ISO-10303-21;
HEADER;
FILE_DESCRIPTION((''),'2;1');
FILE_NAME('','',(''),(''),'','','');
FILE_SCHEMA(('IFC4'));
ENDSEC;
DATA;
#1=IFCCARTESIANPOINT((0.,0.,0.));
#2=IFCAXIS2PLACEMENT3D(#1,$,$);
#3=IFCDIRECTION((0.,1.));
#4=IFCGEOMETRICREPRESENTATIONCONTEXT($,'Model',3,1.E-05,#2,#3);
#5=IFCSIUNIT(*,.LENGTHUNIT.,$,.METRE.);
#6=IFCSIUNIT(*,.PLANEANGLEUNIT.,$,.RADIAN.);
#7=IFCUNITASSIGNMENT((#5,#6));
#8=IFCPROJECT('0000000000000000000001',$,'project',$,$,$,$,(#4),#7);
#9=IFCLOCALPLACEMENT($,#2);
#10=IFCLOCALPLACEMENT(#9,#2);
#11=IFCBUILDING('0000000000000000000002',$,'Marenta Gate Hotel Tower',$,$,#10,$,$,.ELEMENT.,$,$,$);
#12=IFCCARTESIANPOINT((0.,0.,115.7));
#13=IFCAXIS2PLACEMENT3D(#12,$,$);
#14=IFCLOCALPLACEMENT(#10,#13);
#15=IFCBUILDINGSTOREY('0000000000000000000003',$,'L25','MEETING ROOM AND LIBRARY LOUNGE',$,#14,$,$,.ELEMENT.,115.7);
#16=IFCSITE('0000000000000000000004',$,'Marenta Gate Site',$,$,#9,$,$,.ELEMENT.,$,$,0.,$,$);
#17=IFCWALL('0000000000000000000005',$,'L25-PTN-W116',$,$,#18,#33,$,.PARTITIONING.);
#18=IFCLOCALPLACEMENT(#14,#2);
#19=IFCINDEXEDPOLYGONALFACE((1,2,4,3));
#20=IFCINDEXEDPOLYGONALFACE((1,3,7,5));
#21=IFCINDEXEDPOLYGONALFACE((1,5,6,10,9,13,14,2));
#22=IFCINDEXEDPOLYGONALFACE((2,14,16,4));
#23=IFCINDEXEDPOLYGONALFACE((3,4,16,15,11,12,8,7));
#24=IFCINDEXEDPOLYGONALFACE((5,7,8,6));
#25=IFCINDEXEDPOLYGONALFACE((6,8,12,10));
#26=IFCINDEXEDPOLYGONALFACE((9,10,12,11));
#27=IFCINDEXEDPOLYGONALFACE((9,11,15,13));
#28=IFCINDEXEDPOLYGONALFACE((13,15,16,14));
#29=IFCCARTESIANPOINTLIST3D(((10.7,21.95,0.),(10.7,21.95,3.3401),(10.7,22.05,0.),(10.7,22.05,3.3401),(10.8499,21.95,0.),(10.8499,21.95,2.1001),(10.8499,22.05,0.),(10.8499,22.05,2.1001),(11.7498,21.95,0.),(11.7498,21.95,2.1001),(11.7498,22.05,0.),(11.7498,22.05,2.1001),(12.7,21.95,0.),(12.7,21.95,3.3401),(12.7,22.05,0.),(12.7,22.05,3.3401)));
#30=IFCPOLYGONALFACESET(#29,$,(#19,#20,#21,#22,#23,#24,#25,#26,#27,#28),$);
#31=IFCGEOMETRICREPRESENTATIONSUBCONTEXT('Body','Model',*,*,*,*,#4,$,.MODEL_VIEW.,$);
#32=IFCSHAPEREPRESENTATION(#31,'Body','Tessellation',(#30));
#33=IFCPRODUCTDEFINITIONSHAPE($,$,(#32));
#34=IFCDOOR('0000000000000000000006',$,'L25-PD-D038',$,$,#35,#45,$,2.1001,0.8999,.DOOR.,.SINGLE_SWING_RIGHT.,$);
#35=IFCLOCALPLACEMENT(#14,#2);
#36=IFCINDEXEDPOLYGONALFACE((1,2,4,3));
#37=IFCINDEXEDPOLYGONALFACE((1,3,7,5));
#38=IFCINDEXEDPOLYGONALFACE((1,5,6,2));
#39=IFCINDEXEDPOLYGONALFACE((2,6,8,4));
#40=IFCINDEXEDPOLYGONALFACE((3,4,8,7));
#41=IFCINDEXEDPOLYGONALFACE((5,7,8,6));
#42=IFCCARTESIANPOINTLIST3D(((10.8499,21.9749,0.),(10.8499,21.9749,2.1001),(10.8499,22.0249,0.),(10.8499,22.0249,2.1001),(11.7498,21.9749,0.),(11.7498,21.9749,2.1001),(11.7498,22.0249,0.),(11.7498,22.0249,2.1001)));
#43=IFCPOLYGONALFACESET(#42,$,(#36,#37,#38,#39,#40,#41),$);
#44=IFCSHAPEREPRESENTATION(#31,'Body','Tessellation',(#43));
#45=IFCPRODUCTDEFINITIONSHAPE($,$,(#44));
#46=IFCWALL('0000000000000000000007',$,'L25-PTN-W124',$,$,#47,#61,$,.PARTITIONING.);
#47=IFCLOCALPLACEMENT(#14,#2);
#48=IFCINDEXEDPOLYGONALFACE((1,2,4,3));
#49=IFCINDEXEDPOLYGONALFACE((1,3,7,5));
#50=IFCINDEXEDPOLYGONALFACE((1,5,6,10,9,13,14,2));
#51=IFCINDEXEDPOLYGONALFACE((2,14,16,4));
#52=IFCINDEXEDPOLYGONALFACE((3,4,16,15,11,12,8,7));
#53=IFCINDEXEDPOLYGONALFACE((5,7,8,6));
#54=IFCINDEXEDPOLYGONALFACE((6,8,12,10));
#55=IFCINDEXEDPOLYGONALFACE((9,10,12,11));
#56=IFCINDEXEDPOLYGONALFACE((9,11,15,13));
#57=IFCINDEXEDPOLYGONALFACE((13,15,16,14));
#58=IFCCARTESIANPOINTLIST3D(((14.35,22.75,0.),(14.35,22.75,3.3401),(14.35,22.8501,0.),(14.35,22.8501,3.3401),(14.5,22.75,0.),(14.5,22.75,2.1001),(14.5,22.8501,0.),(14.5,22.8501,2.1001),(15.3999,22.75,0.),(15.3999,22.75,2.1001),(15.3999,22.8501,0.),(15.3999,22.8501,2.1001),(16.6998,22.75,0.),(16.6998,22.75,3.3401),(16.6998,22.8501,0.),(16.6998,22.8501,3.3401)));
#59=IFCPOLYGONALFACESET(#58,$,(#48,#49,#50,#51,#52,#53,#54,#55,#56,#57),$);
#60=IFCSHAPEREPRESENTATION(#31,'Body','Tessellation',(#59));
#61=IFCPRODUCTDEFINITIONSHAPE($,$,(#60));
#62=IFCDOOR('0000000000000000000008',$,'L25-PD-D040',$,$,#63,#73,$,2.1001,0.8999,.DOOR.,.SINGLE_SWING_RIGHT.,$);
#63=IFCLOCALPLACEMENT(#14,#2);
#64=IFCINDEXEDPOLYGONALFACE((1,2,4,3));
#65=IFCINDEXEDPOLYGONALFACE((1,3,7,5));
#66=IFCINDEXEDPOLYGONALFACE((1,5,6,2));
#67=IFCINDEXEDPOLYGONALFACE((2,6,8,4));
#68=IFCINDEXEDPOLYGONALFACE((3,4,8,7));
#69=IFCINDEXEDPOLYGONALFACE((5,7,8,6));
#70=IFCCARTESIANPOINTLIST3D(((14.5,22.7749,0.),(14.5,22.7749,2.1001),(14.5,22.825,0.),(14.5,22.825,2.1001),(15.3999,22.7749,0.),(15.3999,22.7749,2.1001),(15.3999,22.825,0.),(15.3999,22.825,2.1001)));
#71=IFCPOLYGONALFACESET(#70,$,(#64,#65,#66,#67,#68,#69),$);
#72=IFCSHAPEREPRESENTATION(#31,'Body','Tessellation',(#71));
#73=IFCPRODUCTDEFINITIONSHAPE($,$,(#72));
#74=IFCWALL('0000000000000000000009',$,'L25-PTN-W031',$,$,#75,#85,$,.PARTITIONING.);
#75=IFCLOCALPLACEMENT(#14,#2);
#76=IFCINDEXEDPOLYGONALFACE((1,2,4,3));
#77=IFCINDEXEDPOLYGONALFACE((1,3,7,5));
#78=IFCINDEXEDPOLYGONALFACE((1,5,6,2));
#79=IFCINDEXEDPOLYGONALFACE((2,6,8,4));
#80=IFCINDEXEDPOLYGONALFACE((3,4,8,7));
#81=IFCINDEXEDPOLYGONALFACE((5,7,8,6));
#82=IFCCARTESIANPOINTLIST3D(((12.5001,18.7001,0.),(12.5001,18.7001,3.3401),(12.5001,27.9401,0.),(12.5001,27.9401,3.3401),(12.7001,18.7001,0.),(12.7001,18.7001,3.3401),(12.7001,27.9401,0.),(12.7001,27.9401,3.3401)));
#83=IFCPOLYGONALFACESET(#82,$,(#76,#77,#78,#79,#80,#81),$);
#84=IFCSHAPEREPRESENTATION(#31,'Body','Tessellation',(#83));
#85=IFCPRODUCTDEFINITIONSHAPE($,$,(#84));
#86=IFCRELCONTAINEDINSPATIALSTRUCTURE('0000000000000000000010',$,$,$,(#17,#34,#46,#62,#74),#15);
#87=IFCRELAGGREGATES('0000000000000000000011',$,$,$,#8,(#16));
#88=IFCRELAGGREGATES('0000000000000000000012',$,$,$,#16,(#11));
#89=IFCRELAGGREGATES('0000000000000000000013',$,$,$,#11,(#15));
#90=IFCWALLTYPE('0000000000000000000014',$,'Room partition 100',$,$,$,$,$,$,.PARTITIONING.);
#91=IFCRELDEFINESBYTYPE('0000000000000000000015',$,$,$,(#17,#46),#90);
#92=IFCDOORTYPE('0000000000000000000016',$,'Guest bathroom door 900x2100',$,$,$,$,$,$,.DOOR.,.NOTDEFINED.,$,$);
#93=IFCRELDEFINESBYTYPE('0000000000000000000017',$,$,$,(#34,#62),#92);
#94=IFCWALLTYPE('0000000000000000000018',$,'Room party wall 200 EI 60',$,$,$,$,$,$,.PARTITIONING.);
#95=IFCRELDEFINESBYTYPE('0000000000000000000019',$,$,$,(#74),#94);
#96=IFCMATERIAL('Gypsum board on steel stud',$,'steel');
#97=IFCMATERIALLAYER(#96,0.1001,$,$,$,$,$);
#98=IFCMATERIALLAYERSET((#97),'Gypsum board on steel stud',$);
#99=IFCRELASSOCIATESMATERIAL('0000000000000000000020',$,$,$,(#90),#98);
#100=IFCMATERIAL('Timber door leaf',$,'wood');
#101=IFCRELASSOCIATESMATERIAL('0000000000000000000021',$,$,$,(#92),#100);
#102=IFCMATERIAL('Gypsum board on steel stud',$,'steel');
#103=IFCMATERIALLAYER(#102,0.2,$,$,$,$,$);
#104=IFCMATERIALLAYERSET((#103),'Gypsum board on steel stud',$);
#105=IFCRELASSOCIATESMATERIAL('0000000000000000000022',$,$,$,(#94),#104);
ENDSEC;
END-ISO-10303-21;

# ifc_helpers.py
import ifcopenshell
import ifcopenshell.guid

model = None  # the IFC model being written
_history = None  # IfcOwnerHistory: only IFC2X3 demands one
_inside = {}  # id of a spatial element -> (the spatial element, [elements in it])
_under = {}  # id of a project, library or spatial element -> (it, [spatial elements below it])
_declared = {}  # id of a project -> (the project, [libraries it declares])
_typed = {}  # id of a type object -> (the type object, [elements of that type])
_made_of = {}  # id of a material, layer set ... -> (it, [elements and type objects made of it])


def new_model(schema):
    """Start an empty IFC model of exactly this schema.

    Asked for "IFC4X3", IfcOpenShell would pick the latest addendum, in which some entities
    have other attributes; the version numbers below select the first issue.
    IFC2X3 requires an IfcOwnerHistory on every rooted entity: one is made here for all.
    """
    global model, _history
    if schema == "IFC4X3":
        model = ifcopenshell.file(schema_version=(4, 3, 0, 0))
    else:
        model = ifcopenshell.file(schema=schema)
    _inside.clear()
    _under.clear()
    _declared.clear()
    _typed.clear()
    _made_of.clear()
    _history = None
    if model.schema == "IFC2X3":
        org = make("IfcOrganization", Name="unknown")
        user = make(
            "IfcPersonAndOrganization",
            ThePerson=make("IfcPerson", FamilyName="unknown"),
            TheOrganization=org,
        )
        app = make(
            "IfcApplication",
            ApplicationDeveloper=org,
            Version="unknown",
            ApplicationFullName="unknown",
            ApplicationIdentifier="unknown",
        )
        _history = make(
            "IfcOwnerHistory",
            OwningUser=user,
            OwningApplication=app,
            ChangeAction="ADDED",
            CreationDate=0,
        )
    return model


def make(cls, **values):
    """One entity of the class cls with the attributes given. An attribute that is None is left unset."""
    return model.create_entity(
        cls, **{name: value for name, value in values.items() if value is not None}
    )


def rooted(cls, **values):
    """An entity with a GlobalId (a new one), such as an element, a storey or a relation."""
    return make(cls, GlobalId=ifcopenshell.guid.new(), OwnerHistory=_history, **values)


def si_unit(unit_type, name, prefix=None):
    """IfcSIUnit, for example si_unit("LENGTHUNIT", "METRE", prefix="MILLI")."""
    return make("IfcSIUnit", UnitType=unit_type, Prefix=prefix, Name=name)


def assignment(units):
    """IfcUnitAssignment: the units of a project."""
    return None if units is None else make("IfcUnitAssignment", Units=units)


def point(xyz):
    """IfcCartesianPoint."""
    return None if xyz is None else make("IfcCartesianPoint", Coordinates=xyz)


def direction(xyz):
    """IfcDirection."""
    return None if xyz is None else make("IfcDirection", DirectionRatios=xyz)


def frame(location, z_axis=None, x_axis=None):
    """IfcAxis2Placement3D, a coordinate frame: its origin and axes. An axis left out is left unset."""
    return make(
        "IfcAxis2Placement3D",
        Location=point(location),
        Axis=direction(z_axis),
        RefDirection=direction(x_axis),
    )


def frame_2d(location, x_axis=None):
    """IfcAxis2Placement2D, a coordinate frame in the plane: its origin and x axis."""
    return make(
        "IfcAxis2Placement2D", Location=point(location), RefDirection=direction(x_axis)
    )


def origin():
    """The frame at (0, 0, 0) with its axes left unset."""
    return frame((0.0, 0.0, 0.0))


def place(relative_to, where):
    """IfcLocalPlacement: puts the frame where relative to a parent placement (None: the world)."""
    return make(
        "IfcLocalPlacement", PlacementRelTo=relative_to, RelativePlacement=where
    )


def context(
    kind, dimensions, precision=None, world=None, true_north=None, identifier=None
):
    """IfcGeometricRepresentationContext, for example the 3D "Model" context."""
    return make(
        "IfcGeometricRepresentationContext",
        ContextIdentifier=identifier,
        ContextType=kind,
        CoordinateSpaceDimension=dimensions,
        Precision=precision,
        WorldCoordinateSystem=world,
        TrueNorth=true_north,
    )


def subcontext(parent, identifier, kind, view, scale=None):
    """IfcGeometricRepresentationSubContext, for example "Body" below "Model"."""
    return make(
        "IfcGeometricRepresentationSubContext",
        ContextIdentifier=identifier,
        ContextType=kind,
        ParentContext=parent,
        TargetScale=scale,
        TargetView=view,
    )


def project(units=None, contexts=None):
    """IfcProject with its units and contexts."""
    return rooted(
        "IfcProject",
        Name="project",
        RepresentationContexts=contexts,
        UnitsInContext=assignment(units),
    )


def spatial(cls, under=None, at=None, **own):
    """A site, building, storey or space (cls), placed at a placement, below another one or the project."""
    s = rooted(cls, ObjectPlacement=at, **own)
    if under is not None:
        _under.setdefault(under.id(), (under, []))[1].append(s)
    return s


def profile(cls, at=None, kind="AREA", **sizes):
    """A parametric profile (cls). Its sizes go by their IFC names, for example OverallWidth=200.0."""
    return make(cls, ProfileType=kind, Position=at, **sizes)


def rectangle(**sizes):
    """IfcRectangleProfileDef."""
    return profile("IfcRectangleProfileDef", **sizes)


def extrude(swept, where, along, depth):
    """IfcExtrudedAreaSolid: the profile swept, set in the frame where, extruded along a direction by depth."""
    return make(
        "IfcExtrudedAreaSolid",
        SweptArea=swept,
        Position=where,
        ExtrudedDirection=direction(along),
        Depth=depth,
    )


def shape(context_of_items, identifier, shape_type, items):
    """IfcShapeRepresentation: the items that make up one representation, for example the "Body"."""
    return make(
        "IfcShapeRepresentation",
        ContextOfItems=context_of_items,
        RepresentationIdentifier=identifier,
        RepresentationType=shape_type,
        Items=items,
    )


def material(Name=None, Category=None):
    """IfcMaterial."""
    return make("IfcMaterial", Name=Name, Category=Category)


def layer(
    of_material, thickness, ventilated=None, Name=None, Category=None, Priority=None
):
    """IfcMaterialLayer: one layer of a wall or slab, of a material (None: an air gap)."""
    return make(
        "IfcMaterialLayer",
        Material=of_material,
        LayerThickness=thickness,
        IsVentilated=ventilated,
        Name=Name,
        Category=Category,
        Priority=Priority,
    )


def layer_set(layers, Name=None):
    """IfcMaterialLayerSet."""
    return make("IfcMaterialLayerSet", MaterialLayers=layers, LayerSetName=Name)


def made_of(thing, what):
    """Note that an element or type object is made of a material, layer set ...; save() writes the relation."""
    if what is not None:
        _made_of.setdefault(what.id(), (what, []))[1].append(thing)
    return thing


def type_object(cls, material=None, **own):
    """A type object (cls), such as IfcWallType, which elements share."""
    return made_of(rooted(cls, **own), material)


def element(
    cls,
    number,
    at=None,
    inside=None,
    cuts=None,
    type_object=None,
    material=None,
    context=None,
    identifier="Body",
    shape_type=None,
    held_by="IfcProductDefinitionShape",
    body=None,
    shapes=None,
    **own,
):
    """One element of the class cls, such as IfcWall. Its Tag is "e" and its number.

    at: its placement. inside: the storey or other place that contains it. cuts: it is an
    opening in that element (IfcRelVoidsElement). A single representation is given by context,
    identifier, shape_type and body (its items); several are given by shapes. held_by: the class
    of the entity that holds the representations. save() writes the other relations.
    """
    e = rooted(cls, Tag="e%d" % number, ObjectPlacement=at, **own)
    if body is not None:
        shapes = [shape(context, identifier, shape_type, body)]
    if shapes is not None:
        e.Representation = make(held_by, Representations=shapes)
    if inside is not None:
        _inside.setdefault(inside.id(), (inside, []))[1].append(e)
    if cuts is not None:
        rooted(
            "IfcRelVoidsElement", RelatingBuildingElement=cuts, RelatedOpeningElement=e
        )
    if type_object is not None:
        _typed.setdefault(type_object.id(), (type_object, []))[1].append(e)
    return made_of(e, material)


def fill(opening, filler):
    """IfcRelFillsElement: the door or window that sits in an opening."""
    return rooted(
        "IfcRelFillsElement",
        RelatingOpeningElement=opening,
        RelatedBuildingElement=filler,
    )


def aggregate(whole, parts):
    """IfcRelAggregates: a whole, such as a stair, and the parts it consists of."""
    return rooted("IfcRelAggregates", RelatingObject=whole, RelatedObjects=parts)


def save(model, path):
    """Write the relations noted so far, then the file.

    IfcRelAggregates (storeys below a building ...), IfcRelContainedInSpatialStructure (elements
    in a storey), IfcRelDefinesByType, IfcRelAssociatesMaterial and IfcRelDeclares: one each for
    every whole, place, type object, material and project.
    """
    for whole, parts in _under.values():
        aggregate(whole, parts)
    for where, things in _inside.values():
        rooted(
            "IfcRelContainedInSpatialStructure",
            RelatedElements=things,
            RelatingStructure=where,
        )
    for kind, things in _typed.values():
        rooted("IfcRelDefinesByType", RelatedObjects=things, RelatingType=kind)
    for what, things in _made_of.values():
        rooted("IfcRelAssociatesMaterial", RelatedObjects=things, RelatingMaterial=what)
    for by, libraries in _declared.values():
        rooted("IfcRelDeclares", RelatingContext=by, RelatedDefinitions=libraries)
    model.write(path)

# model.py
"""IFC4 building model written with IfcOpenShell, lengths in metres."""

from ifc_helpers import new_model, si_unit, direction, frame, frame_2d, origin, place, context, subcontext, project, spatial, rectangle, extrude, material, layer, layer_set, type_object, element, fill, save


model = new_model("IFC4")

# Units and contexts
model_context = context("Model", 3, precision=1e-05, world=origin(), true_north=direction((0.0, 1.0)))
body_context = subcontext(model_context, "Body", "Model", "MODEL_VIEW")
ifc_project = project(units=[si_unit("LENGTHUNIT", "METRE"), si_unit("PLANEANGLEUNIT", "RADIAN")], contexts=[model_context])

# Site, building, storey
site_placement = place(None, origin())
site = spatial("IfcSite", under=ifc_project, at=site_placement, Name="Marenta Gate Site", CompositionType="ELEMENT", RefElevation=0.0)
building_placement = place(site_placement, origin())
building = spatial("IfcBuilding", under=site, at=building_placement, Name="Marenta Gate Hotel Tower", CompositionType="ELEMENT")
storey_placement = place(building_placement, frame((0.0, 0.0, 115.7)))
storey = spatial("IfcBuildingStorey", under=building, at=storey_placement, Name="L25", Description="MEETING ROOM AND LIBRARY LOUNGE", CompositionType="ELEMENT", Elevation=115.7)

# Shared definitions
ifc_material_1 = material(Name="Gypsum board on steel stud", Category="steel")
ifc_layer_1 = layer(ifc_material_1, 0.1001)
ifc_layer_set_1 = layer_set([ifc_layer_1], Name="Gypsum board on steel stud")
wall_type_1 = type_object("IfcWallType", Name="Room partition 100", PredefinedType="PARTITIONING", material=ifc_layer_set_1)

# Walls, openings, doors
wall_1_placement = place(storey_placement, frame((10.7, 22.0, 0.0), z_axis=(0.0, 0.0, 1.0), x_axis=(1.0, 0.0, 0.0)))
wall_1 = element("IfcWall", 1, at=wall_1_placement, inside=storey, type_object=wall_type_1, Name="L25-PTN-W116", PredefinedType="PARTITIONING", context=body_context, shape_type="SweptSolid", body=[
    extrude(rectangle(XDim=2.0, YDim=0.1001, at=frame_2d((1.0, 0.0))), origin(), (0.0, 0.0, 1.0), 3.3401),
])
opening_1_placement = place(wall_1_placement, frame((0.1499, 0.0, 0.0)))
opening_1 = element("IfcOpeningElement", 2, at=opening_1_placement, cuts=wall_1, PredefinedType="OPENING", context=body_context, shape_type="SweptSolid", body=[
    extrude(rectangle(XDim=0.8999, YDim=2.1001, at=frame_2d((0.45, 1.05))), frame((0.0, 0.05, 0.0), z_axis=(0.0, -1.0, 0.0), x_axis=(1.0, 0.0, 0.0)), (0.0, 0.0, 1.0), 0.1001),
])
ifc_material_2 = material(Name="Timber door leaf", Category="wood")
door_type = type_object("IfcDoorType", Name="Guest bathroom door 900x2100", OperationType="NOTDEFINED", PredefinedType="DOOR", material=ifc_material_2)
door_1_placement = place(opening_1_placement, origin())
door_1 = element("IfcDoor", 3, at=door_1_placement, inside=storey, type_object=door_type, Name="L25-PD-D038", OperationType="SINGLE_SWING_RIGHT", OverallHeight=2.1001, OverallWidth=0.8999, PredefinedType="DOOR", context=body_context, shape_type="SweptSolid", body=[
    extrude(rectangle(XDim=0.8999, YDim=2.1001, at=frame_2d((0.45, 1.05))), frame((0.0, 0.0249, 0.0), z_axis=(0.0, -1.0, 0.0), x_axis=(1.0, 0.0, 0.0)), (0.0, 0.0, 1.0), 0.05),
])
fill(opening_1, door_1)
wall_2_placement = place(storey_placement, frame((14.3501, 22.8, 0.0), z_axis=(0.0, 0.0, 1.0), x_axis=(1.0, 0.0, 0.0)))
wall_2 = element("IfcWall", 4, at=wall_2_placement, inside=storey, type_object=wall_type_1, Name="L25-PTN-W124", PredefinedType="PARTITIONING", context=body_context, shape_type="SweptSolid", body=[
    extrude(rectangle(XDim=2.3499, YDim=0.1001, at=frame_2d((1.1748, 0.0))), origin(), (0.0, 0.0, 1.0), 3.3401),
])
opening_2_placement = place(wall_2_placement, frame((0.1499, 0.0, 0.0)))
opening_2 = element("IfcOpeningElement", 5, at=opening_2_placement, cuts=wall_2, PredefinedType="OPENING", context=body_context, shape_type="SweptSolid", body=[
    extrude(rectangle(XDim=0.8999, YDim=2.1001, at=frame_2d((0.45, 1.05))), frame((0.0, 0.05, 0.0), z_axis=(0.0, -1.0, 0.0), x_axis=(1.0, 0.0, 0.0)), (0.0, 0.0, 1.0), 0.1001),
])
door_2_placement = place(opening_2_placement, origin())
door_2 = element("IfcDoor", 6, at=door_2_placement, inside=storey, type_object=door_type, Name="L25-PD-D040", OperationType="SINGLE_SWING_RIGHT", OverallHeight=2.1001, OverallWidth=0.8999, PredefinedType="DOOR", context=body_context, shape_type="SweptSolid", body=[
    extrude(rectangle(XDim=0.8999, YDim=2.1001, at=frame_2d((0.45, 1.05))), frame((0.0, 0.0249, 0.0), z_axis=(0.0, -1.0, 0.0), x_axis=(1.0, 0.0, 0.0)), (0.0, 0.0, 1.0), 0.05),
])
fill(opening_2, door_2)

# Wall
ifc_material_3 = material(Name="Gypsum board on steel stud", Category="steel")
ifc_layer_2 = layer(ifc_material_3, 0.2)
ifc_layer_set_2 = layer_set([ifc_layer_2], Name="Gypsum board on steel stud")
wall_type_2 = type_object("IfcWallType", Name="Room party wall 200 EI 60", PredefinedType="PARTITIONING", material=ifc_layer_set_2)
wall_3_placement = place(storey_placement, frame((12.6001, 18.7, 0.0), z_axis=(0.0, 0.0, 1.0), x_axis=(0.0, 1.0, 0.0)))
element("IfcWall", 7, at=wall_3_placement, inside=storey, type_object=wall_type_2, Name="L25-PTN-W031", PredefinedType="PARTITIONING", context=body_context, shape_type="SweptSolid", body=[
    extrude(rectangle(XDim=9.24, YDim=0.2, at=frame_2d((4.6201, 0.0))), origin(), (0.0, 0.0, 1.0), 3.3401),
])

save(model, "model.ifc")
